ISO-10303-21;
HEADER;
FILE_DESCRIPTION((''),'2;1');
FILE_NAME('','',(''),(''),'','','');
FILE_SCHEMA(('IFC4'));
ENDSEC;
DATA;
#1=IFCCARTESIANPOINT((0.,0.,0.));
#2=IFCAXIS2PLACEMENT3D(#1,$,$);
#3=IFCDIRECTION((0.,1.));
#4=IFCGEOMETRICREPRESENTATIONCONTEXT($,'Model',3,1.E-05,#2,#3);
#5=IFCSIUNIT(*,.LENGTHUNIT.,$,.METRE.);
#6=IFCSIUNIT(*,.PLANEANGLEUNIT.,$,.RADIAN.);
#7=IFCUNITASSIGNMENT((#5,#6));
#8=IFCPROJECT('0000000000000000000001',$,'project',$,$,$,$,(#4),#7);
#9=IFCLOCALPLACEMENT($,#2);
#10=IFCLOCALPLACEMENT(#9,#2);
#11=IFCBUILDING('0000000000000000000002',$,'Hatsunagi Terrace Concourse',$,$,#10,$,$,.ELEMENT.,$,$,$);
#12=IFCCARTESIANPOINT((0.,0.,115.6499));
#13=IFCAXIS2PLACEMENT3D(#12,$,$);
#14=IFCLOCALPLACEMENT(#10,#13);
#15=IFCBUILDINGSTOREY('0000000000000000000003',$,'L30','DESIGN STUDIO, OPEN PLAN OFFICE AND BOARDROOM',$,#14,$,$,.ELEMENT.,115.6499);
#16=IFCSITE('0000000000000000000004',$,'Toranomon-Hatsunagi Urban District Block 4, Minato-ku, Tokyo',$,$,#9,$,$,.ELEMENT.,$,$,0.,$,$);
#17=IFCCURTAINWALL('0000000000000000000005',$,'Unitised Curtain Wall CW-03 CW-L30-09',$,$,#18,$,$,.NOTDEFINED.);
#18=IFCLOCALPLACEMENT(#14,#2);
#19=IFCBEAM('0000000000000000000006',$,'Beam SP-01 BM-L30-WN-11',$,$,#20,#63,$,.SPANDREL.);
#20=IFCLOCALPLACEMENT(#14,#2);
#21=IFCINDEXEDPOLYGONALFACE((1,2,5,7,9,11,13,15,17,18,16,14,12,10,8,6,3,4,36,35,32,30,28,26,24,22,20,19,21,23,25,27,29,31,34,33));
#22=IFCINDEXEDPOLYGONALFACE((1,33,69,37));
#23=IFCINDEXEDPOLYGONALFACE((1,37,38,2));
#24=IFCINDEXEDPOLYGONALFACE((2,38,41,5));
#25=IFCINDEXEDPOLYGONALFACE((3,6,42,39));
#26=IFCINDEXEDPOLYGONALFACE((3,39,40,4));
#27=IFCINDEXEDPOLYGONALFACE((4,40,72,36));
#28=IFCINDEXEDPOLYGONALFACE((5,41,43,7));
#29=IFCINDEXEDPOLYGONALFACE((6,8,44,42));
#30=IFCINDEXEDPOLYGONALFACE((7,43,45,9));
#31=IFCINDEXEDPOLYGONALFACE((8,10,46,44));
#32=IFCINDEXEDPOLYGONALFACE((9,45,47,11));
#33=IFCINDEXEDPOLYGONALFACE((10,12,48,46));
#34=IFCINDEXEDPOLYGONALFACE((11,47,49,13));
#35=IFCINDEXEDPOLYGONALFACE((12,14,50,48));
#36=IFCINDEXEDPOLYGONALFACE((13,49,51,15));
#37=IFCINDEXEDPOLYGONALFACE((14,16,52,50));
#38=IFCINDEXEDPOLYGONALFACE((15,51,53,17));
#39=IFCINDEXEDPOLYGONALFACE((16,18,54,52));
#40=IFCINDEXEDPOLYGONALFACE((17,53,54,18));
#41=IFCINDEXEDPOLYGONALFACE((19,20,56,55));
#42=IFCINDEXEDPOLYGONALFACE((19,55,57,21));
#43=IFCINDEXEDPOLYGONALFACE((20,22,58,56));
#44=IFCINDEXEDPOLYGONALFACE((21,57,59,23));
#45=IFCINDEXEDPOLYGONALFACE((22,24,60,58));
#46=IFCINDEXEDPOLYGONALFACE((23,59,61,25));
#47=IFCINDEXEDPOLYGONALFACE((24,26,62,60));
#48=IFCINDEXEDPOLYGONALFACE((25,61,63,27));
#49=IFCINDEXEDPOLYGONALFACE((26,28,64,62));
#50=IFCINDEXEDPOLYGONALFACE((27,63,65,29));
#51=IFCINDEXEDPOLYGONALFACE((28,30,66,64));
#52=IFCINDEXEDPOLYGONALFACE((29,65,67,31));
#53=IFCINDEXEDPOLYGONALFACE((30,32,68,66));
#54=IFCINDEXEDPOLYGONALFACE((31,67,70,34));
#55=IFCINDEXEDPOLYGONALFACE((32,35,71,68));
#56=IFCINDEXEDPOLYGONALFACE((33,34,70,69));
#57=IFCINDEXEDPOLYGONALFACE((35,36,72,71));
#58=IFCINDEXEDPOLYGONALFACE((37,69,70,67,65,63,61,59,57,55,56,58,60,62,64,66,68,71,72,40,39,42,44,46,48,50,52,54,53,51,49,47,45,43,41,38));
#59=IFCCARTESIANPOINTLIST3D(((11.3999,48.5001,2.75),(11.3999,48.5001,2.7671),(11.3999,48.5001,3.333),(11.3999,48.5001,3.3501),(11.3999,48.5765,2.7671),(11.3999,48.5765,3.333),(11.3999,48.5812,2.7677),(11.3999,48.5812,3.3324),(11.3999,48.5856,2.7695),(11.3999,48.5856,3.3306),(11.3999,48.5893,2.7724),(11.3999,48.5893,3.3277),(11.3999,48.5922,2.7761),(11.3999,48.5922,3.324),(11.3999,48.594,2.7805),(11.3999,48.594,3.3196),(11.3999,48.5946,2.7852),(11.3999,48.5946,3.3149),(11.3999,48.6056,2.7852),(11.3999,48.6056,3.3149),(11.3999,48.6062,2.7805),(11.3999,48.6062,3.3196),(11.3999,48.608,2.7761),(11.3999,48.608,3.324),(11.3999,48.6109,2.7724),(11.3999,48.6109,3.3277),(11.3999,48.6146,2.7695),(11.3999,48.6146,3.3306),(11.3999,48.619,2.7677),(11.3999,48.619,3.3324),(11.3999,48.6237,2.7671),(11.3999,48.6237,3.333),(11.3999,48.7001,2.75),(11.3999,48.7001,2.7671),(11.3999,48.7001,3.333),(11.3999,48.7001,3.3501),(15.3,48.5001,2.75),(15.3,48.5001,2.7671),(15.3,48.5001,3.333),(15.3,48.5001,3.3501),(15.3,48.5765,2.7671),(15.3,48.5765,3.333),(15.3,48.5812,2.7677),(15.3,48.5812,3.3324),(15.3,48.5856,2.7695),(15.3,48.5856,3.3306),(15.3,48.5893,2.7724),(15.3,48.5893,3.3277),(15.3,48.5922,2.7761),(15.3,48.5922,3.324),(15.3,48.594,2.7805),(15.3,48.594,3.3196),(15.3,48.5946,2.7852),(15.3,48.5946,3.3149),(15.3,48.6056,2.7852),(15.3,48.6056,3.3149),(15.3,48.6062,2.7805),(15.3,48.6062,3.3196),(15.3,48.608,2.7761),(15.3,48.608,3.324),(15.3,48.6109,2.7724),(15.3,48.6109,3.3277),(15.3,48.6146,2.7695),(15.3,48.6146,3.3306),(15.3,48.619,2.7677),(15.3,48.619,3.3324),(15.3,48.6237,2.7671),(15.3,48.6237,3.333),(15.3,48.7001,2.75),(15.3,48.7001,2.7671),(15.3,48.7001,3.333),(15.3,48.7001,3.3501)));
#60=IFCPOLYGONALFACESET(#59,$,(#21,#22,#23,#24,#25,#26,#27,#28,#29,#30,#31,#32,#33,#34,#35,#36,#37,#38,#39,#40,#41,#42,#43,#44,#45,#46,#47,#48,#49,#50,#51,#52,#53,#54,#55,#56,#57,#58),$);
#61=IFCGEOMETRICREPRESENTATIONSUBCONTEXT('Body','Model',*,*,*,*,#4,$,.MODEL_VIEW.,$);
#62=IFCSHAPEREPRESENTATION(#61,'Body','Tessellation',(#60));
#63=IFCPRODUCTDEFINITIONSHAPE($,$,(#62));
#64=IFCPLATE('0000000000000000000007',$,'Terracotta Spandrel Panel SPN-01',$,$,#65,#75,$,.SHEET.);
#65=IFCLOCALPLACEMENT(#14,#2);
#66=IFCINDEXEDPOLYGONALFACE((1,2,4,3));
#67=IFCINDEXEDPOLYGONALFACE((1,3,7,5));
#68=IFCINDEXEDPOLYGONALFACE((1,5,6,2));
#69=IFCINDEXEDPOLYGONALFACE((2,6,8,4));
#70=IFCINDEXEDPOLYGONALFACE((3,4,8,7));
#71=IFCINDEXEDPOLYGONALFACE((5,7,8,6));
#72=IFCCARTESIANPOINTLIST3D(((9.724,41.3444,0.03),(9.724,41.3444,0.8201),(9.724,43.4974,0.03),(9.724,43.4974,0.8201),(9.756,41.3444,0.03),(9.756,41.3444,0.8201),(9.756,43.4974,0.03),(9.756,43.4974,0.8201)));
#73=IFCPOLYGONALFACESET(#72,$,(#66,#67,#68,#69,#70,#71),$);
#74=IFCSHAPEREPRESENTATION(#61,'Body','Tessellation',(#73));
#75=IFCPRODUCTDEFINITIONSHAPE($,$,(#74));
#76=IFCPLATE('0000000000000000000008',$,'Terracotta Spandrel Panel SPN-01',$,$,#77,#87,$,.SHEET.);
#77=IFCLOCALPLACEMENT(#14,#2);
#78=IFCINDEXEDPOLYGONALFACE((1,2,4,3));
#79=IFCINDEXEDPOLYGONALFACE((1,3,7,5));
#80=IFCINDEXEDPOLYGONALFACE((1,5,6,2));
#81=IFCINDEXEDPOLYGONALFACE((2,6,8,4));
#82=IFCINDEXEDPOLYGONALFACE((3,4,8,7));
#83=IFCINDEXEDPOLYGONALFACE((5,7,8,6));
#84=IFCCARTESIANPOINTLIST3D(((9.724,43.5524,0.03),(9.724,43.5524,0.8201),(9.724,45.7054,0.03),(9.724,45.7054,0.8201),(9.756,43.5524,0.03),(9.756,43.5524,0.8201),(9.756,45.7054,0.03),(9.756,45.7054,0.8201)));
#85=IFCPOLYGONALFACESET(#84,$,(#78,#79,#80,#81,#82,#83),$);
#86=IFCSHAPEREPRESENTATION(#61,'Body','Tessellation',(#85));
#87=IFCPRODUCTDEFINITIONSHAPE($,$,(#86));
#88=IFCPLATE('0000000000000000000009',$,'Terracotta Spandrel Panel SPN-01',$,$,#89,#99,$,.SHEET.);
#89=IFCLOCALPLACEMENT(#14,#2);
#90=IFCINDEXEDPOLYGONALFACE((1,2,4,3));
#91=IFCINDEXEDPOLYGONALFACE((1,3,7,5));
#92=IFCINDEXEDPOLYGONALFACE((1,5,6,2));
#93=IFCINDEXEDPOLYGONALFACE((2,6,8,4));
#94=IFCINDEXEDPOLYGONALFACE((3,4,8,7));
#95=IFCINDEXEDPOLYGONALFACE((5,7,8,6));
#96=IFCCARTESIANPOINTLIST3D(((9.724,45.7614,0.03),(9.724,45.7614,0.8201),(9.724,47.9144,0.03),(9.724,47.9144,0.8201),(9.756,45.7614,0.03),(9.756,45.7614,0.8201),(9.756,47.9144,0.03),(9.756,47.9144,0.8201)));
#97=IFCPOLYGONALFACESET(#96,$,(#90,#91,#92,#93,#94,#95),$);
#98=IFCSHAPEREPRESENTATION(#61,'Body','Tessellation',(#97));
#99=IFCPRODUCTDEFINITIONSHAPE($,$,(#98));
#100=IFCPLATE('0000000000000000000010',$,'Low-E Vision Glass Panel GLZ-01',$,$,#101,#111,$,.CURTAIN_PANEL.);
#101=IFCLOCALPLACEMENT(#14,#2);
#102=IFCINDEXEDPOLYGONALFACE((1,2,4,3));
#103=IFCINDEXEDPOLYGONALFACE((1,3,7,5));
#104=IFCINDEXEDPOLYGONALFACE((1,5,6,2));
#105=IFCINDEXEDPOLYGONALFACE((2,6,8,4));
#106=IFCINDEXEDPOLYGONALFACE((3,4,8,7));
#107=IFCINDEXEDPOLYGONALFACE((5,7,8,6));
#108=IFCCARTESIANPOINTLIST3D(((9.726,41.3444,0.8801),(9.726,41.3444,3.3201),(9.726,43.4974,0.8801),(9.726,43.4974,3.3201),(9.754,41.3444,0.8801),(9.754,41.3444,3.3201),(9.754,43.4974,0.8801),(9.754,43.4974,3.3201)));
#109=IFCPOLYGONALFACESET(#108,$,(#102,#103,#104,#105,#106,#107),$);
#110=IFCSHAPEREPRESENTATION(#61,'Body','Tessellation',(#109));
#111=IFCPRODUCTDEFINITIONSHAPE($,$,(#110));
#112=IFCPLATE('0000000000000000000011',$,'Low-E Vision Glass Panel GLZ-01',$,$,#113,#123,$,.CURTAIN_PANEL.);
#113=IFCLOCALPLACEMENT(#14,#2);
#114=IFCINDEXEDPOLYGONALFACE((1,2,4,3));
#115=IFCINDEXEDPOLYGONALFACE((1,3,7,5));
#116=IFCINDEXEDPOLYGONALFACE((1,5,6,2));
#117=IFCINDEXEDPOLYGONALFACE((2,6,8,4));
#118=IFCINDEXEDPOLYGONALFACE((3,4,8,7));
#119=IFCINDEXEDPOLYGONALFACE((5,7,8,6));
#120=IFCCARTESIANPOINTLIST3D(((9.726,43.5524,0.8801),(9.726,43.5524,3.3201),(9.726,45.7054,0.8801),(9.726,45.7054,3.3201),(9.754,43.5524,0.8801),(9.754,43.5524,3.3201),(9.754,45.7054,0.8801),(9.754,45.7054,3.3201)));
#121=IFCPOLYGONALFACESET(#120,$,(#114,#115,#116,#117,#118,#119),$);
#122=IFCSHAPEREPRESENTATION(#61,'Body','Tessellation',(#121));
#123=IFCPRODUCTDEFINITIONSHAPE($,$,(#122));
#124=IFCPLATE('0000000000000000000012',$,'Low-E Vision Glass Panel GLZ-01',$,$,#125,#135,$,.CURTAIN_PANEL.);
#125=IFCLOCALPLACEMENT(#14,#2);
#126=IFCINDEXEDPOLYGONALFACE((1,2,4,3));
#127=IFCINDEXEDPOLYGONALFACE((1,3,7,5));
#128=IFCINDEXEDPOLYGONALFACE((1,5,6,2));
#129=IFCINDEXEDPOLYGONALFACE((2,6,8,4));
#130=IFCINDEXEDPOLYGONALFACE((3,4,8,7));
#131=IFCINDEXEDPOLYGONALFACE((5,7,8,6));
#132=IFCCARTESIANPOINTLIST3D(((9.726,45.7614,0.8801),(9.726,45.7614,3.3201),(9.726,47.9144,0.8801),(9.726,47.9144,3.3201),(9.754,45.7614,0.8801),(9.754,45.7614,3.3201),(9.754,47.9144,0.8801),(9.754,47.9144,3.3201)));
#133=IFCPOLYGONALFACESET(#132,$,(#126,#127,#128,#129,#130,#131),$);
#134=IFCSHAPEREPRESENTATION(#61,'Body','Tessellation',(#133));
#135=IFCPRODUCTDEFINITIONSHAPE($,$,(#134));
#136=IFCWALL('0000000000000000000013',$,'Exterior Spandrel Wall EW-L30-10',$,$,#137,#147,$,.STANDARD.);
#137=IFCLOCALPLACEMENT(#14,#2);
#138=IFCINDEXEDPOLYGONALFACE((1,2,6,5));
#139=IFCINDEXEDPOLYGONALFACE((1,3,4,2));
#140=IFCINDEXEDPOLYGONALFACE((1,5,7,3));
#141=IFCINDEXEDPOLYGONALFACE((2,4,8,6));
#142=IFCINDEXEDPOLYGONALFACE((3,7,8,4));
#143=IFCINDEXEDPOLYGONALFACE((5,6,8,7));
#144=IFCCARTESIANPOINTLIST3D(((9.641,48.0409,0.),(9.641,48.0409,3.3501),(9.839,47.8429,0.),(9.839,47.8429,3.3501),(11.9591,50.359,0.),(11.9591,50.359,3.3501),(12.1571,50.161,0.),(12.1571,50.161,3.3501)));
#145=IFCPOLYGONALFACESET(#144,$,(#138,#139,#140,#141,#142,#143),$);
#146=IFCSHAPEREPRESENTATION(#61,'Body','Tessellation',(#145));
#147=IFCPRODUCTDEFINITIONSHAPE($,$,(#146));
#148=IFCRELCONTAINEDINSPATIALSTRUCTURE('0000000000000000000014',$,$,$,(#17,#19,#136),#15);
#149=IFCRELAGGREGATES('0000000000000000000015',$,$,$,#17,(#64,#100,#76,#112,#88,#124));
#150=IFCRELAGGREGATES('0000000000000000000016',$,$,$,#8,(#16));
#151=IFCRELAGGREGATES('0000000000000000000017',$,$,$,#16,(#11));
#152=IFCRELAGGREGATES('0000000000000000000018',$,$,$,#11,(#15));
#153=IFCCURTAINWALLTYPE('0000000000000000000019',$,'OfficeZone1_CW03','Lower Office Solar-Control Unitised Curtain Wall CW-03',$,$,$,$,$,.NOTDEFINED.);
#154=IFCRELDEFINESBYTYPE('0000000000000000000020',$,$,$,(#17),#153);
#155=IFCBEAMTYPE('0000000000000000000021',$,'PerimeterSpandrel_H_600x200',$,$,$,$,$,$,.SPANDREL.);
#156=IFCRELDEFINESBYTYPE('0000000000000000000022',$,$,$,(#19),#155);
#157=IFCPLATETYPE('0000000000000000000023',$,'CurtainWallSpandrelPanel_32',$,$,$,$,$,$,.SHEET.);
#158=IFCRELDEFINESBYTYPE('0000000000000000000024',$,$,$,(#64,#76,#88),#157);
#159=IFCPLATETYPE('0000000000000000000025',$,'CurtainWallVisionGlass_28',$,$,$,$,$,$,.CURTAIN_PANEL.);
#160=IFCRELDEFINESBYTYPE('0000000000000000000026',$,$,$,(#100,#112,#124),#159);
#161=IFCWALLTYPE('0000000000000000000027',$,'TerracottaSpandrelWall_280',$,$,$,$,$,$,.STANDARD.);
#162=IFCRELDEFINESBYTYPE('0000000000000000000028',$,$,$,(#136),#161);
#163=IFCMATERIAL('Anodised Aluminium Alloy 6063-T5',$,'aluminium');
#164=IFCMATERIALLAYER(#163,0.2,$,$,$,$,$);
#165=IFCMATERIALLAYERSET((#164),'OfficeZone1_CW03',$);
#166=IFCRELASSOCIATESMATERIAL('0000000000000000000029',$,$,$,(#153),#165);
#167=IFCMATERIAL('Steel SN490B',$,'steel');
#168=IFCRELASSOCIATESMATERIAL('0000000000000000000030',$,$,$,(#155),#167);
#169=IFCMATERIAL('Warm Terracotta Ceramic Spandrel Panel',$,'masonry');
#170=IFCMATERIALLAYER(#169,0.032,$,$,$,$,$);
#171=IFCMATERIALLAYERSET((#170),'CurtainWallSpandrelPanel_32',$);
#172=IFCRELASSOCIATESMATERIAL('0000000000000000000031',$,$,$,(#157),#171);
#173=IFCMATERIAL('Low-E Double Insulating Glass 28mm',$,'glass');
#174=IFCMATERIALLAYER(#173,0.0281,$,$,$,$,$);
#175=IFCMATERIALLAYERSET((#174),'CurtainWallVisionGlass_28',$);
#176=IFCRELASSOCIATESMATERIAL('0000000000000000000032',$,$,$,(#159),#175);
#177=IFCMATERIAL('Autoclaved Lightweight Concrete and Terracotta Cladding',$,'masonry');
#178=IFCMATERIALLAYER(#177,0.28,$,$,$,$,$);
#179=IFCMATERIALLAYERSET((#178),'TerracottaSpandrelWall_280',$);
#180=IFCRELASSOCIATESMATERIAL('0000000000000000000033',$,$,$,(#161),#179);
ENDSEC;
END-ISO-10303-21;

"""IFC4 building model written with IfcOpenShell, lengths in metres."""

from ifc_helpers import new_model, si_unit, direction, frame, frame_2d, origin, origin_2d, place, context, subcontext, project, spatial, rectangle, i_section, extrude, material, layer, layer_set, material_profile, profile_set, type_object, element, aggregate, save


model = new_model("IFC4")

# Units and contexts
model_context = context("Model", 3, precision=1e-05, world=origin(), true_north=direction((0.0, 1.0)))
body_context = subcontext(model_context, "Body", "Model", "MODEL_VIEW")
ifc_project = project(units=[si_unit("LENGTHUNIT", "METRE"), si_unit("PLANEANGLEUNIT", "RADIAN")], contexts=[model_context])

# Site, building, storey
site_placement = place(None, origin())
site = spatial("IfcSite", under=ifc_project, at=site_placement, Name="Toranomon-Hatsunagi Urban District Block 4, Minato-ku, Tokyo", CompositionType="ELEMENT", RefElevation=0.0)
building_placement = place(site_placement, origin())
building = spatial("IfcBuilding", under=site, at=building_placement, Name="Hatsunagi Terrace Concourse", CompositionType="ELEMENT")
storey_placement = place(building_placement, frame((0.0, 0.0, 115.6499)))
storey = spatial("IfcBuildingStorey", under=building, at=storey_placement, Name="L30", Description="DESIGN STUDIO, OPEN PLAN OFFICE AND BOARDROOM", CompositionType="ELEMENT", Elevation=115.6499)

# Curtain wall
ifc_material_1 = material(Name="Anodised Aluminium Alloy 6063-T5", Category="aluminium")
ifc_layer_1 = layer(ifc_material_1, 0.2)
ifc_layer_set_1 = layer_set([ifc_layer_1], Name="OfficeZone1_CW03")
curtain_wall_type = type_object("IfcCurtainWallType", Name="OfficeZone1_CW03", Description="Lower Office Solar-Control Unitised Curtain Wall CW-03", PredefinedType="NOTDEFINED", material=ifc_layer_set_1)
curtain_wall_placement = place(storey_placement, origin())
curtain_wall = element("IfcCurtainWall", 1, at=curtain_wall_placement, inside=storey, type_object=curtain_wall_type, Name="Unitised Curtain Wall CW-03 CW-L30-09", PredefinedType="NOTDEFINED")

# Beam
ifc_material_2 = material(Name="Steel SN490B", Category="steel")
ifc_material_profile_1 = material_profile(ifc_material_2, i_section(OverallWidth=0.2, OverallDepth=0.6001, WebThickness=0.011, FlangeThickness=0.0171, FilletRadius=0.0181, at=origin_2d()), Name="H-600x200x11x17")
ifc_profile_set_1 = profile_set([ifc_material_profile_1], Name="Steel SN490B")
beam_type_1 = type_object("IfcBeamType", Name="PerimeterSpandrel_H_600x200", PredefinedType="SPANDREL", material=ifc_profile_set_1)
beam_placement = place(storey_placement, frame((11.3999, 48.6001, 3.05), z_axis=(1.0, 0.0, 0.0), x_axis=(0.0, 1.0, 0.0)))
element("IfcBeam", 2, at=beam_placement, inside=storey, type_object=beam_type_1, Name="Beam SP-01 BM-L30-WN-11", PredefinedType="SPANDREL", context=body_context, shape_type="SweptSolid", body=[
    extrude(i_section(OverallWidth=0.2, OverallDepth=0.6001, WebThickness=0.011, FlangeThickness=0.0171, FilletRadius=0.0181, at=origin_2d()), origin(), (0.0, 0.0, 1.0), 3.9001),
])

# Plates
ifc_material_3 = material(Name="Warm Terracotta Ceramic Spandrel Panel", Category="masonry")
ifc_layer_2 = layer(ifc_material_3, 0.032)
ifc_layer_set_2 = layer_set([ifc_layer_2], Name="CurtainWallSpandrelPanel_32")
plate_type_1 = type_object("IfcPlateType", Name="CurtainWallSpandrelPanel_32", PredefinedType="SHEET", material=ifc_layer_set_2)
plate_1_placement = place(storey_placement, frame((9.74, 42.4209, 0.03), z_axis=(0.0, 0.0, 1.0), x_axis=(0.0, 1.0, 0.0)))
plate_1 = element("IfcPlate", 3, at=plate_1_placement, type_object=plate_type_1, Name="Terracotta Spandrel Panel SPN-01", PredefinedType="SHEET", context=body_context, shape_type="SweptSolid", body=[
    extrude(rectangle(XDim=2.1531, YDim=0.032, at=origin_2d()), origin(), (0.0, 0.0, 1.0), 0.79),
])
plate_2_placement = place(storey_placement, frame((9.74, 44.6289, 0.03), z_axis=(0.0, 0.0, 1.0), x_axis=(0.0, 1.0, 0.0)))
plate_2 = element("IfcPlate", 4, at=plate_2_placement, type_object=plate_type_1, Name="Terracotta Spandrel Panel SPN-01", PredefinedType="SHEET", context=body_context, shape_type="SweptSolid", body=[
    extrude(rectangle(XDim=2.1531, YDim=0.032, at=origin_2d()), origin(), (0.0, 0.0, 1.0), 0.79),
])
plate_3_placement = place(storey_placement, frame((9.74, 46.8379, 0.03), z_axis=(0.0, 0.0, 1.0), x_axis=(0.0, 1.0, 0.0)))
plate_3 = element("IfcPlate", 5, at=plate_3_placement, type_object=plate_type_1, Name="Terracotta Spandrel Panel SPN-01", PredefinedType="SHEET", context=body_context, shape_type="SweptSolid", body=[
    extrude(rectangle(XDim=2.1531, YDim=0.032, at=origin_2d()), origin(), (0.0, 0.0, 1.0), 0.79),
])
ifc_material_4 = material(Name="Low-E Double Insulating Glass 28mm", Category="glass")
ifc_layer_3 = layer(ifc_material_4, 0.0281)
ifc_layer_set_3 = layer_set([ifc_layer_3], Name="CurtainWallVisionGlass_28")
plate_type_2 = type_object("IfcPlateType", Name="CurtainWallVisionGlass_28", PredefinedType="CURTAIN_PANEL", material=ifc_layer_set_3)
plate_4_placement = place(storey_placement, frame((9.74, 42.4209, 0.8801), z_axis=(0.0, 0.0, 1.0), x_axis=(0.0, 1.0, 0.0)))
plate_4 = element("IfcPlate", 6, at=plate_4_placement, type_object=plate_type_2, Name="Low-E Vision Glass Panel GLZ-01", PredefinedType="CURTAIN_PANEL", context=body_context, shape_type="SweptSolid", body=[
    extrude(rectangle(XDim=2.1531, YDim=0.0281, at=origin_2d()), origin(), (0.0, 0.0, 1.0), 2.4399),
])
plate_5_placement = place(storey_placement, frame((9.74, 44.6289, 0.8801), z_axis=(0.0, 0.0, 1.0), x_axis=(0.0, 1.0, 0.0)))
plate_5 = element("IfcPlate", 7, at=plate_5_placement, type_object=plate_type_2, Name="Low-E Vision Glass Panel GLZ-01", PredefinedType="CURTAIN_PANEL", context=body_context, shape_type="SweptSolid", body=[
    extrude(rectangle(XDim=2.1531, YDim=0.0281, at=origin_2d()), origin(), (0.0, 0.0, 1.0), 2.4399),
])
plate_6_placement = place(storey_placement, frame((9.74, 46.8379, 0.8801), z_axis=(0.0, 0.0, 1.0), x_axis=(0.0, 1.0, 0.0)))
plate_6 = element("IfcPlate", 8, at=plate_6_placement, type_object=plate_type_2, Name="Low-E Vision Glass Panel GLZ-01", PredefinedType="CURTAIN_PANEL", context=body_context, shape_type="SweptSolid", body=[
    extrude(rectangle(XDim=2.1531, YDim=0.0281, at=origin_2d()), origin(), (0.0, 0.0, 1.0), 2.4399),
])
aggregate(curtain_wall, [plate_1, plate_4, plate_2, plate_5, plate_3, plate_6])

# Wall
ifc_material_5 = material(Name="Autoclaved Lightweight Concrete and Terracotta Cladding", Category="masonry")
ifc_layer_4 = layer(ifc_material_5, 0.28)
ifc_layer_set_4 = layer_set([ifc_layer_4], Name="TerracottaSpandrelWall_280")
wall_type = type_object("IfcWallType", Name="TerracottaSpandrelWall_280", PredefinedType="STANDARD", material=ifc_layer_set_4)
wall_1_placement = place(storey_placement, frame((9.74, 47.9419, 0.0), z_axis=(0.0, 0.0, 1.0), x_axis=(0.707107, 0.707107, 0.0)))
element("IfcWall", 9, at=wall_1_placement, inside=storey, type_object=wall_type, Name="Exterior Spandrel Wall EW-L30-10", PredefinedType="STANDARD", context=body_context, shape_type="SweptSolid", body=[
    extrude(rectangle(XDim=3.2783, YDim=0.28, at=frame_2d((1.6392, 0.0))), origin(), (0.0, 0.0, 1.0), 3.3501),
])

save(model, "model.ifc")
